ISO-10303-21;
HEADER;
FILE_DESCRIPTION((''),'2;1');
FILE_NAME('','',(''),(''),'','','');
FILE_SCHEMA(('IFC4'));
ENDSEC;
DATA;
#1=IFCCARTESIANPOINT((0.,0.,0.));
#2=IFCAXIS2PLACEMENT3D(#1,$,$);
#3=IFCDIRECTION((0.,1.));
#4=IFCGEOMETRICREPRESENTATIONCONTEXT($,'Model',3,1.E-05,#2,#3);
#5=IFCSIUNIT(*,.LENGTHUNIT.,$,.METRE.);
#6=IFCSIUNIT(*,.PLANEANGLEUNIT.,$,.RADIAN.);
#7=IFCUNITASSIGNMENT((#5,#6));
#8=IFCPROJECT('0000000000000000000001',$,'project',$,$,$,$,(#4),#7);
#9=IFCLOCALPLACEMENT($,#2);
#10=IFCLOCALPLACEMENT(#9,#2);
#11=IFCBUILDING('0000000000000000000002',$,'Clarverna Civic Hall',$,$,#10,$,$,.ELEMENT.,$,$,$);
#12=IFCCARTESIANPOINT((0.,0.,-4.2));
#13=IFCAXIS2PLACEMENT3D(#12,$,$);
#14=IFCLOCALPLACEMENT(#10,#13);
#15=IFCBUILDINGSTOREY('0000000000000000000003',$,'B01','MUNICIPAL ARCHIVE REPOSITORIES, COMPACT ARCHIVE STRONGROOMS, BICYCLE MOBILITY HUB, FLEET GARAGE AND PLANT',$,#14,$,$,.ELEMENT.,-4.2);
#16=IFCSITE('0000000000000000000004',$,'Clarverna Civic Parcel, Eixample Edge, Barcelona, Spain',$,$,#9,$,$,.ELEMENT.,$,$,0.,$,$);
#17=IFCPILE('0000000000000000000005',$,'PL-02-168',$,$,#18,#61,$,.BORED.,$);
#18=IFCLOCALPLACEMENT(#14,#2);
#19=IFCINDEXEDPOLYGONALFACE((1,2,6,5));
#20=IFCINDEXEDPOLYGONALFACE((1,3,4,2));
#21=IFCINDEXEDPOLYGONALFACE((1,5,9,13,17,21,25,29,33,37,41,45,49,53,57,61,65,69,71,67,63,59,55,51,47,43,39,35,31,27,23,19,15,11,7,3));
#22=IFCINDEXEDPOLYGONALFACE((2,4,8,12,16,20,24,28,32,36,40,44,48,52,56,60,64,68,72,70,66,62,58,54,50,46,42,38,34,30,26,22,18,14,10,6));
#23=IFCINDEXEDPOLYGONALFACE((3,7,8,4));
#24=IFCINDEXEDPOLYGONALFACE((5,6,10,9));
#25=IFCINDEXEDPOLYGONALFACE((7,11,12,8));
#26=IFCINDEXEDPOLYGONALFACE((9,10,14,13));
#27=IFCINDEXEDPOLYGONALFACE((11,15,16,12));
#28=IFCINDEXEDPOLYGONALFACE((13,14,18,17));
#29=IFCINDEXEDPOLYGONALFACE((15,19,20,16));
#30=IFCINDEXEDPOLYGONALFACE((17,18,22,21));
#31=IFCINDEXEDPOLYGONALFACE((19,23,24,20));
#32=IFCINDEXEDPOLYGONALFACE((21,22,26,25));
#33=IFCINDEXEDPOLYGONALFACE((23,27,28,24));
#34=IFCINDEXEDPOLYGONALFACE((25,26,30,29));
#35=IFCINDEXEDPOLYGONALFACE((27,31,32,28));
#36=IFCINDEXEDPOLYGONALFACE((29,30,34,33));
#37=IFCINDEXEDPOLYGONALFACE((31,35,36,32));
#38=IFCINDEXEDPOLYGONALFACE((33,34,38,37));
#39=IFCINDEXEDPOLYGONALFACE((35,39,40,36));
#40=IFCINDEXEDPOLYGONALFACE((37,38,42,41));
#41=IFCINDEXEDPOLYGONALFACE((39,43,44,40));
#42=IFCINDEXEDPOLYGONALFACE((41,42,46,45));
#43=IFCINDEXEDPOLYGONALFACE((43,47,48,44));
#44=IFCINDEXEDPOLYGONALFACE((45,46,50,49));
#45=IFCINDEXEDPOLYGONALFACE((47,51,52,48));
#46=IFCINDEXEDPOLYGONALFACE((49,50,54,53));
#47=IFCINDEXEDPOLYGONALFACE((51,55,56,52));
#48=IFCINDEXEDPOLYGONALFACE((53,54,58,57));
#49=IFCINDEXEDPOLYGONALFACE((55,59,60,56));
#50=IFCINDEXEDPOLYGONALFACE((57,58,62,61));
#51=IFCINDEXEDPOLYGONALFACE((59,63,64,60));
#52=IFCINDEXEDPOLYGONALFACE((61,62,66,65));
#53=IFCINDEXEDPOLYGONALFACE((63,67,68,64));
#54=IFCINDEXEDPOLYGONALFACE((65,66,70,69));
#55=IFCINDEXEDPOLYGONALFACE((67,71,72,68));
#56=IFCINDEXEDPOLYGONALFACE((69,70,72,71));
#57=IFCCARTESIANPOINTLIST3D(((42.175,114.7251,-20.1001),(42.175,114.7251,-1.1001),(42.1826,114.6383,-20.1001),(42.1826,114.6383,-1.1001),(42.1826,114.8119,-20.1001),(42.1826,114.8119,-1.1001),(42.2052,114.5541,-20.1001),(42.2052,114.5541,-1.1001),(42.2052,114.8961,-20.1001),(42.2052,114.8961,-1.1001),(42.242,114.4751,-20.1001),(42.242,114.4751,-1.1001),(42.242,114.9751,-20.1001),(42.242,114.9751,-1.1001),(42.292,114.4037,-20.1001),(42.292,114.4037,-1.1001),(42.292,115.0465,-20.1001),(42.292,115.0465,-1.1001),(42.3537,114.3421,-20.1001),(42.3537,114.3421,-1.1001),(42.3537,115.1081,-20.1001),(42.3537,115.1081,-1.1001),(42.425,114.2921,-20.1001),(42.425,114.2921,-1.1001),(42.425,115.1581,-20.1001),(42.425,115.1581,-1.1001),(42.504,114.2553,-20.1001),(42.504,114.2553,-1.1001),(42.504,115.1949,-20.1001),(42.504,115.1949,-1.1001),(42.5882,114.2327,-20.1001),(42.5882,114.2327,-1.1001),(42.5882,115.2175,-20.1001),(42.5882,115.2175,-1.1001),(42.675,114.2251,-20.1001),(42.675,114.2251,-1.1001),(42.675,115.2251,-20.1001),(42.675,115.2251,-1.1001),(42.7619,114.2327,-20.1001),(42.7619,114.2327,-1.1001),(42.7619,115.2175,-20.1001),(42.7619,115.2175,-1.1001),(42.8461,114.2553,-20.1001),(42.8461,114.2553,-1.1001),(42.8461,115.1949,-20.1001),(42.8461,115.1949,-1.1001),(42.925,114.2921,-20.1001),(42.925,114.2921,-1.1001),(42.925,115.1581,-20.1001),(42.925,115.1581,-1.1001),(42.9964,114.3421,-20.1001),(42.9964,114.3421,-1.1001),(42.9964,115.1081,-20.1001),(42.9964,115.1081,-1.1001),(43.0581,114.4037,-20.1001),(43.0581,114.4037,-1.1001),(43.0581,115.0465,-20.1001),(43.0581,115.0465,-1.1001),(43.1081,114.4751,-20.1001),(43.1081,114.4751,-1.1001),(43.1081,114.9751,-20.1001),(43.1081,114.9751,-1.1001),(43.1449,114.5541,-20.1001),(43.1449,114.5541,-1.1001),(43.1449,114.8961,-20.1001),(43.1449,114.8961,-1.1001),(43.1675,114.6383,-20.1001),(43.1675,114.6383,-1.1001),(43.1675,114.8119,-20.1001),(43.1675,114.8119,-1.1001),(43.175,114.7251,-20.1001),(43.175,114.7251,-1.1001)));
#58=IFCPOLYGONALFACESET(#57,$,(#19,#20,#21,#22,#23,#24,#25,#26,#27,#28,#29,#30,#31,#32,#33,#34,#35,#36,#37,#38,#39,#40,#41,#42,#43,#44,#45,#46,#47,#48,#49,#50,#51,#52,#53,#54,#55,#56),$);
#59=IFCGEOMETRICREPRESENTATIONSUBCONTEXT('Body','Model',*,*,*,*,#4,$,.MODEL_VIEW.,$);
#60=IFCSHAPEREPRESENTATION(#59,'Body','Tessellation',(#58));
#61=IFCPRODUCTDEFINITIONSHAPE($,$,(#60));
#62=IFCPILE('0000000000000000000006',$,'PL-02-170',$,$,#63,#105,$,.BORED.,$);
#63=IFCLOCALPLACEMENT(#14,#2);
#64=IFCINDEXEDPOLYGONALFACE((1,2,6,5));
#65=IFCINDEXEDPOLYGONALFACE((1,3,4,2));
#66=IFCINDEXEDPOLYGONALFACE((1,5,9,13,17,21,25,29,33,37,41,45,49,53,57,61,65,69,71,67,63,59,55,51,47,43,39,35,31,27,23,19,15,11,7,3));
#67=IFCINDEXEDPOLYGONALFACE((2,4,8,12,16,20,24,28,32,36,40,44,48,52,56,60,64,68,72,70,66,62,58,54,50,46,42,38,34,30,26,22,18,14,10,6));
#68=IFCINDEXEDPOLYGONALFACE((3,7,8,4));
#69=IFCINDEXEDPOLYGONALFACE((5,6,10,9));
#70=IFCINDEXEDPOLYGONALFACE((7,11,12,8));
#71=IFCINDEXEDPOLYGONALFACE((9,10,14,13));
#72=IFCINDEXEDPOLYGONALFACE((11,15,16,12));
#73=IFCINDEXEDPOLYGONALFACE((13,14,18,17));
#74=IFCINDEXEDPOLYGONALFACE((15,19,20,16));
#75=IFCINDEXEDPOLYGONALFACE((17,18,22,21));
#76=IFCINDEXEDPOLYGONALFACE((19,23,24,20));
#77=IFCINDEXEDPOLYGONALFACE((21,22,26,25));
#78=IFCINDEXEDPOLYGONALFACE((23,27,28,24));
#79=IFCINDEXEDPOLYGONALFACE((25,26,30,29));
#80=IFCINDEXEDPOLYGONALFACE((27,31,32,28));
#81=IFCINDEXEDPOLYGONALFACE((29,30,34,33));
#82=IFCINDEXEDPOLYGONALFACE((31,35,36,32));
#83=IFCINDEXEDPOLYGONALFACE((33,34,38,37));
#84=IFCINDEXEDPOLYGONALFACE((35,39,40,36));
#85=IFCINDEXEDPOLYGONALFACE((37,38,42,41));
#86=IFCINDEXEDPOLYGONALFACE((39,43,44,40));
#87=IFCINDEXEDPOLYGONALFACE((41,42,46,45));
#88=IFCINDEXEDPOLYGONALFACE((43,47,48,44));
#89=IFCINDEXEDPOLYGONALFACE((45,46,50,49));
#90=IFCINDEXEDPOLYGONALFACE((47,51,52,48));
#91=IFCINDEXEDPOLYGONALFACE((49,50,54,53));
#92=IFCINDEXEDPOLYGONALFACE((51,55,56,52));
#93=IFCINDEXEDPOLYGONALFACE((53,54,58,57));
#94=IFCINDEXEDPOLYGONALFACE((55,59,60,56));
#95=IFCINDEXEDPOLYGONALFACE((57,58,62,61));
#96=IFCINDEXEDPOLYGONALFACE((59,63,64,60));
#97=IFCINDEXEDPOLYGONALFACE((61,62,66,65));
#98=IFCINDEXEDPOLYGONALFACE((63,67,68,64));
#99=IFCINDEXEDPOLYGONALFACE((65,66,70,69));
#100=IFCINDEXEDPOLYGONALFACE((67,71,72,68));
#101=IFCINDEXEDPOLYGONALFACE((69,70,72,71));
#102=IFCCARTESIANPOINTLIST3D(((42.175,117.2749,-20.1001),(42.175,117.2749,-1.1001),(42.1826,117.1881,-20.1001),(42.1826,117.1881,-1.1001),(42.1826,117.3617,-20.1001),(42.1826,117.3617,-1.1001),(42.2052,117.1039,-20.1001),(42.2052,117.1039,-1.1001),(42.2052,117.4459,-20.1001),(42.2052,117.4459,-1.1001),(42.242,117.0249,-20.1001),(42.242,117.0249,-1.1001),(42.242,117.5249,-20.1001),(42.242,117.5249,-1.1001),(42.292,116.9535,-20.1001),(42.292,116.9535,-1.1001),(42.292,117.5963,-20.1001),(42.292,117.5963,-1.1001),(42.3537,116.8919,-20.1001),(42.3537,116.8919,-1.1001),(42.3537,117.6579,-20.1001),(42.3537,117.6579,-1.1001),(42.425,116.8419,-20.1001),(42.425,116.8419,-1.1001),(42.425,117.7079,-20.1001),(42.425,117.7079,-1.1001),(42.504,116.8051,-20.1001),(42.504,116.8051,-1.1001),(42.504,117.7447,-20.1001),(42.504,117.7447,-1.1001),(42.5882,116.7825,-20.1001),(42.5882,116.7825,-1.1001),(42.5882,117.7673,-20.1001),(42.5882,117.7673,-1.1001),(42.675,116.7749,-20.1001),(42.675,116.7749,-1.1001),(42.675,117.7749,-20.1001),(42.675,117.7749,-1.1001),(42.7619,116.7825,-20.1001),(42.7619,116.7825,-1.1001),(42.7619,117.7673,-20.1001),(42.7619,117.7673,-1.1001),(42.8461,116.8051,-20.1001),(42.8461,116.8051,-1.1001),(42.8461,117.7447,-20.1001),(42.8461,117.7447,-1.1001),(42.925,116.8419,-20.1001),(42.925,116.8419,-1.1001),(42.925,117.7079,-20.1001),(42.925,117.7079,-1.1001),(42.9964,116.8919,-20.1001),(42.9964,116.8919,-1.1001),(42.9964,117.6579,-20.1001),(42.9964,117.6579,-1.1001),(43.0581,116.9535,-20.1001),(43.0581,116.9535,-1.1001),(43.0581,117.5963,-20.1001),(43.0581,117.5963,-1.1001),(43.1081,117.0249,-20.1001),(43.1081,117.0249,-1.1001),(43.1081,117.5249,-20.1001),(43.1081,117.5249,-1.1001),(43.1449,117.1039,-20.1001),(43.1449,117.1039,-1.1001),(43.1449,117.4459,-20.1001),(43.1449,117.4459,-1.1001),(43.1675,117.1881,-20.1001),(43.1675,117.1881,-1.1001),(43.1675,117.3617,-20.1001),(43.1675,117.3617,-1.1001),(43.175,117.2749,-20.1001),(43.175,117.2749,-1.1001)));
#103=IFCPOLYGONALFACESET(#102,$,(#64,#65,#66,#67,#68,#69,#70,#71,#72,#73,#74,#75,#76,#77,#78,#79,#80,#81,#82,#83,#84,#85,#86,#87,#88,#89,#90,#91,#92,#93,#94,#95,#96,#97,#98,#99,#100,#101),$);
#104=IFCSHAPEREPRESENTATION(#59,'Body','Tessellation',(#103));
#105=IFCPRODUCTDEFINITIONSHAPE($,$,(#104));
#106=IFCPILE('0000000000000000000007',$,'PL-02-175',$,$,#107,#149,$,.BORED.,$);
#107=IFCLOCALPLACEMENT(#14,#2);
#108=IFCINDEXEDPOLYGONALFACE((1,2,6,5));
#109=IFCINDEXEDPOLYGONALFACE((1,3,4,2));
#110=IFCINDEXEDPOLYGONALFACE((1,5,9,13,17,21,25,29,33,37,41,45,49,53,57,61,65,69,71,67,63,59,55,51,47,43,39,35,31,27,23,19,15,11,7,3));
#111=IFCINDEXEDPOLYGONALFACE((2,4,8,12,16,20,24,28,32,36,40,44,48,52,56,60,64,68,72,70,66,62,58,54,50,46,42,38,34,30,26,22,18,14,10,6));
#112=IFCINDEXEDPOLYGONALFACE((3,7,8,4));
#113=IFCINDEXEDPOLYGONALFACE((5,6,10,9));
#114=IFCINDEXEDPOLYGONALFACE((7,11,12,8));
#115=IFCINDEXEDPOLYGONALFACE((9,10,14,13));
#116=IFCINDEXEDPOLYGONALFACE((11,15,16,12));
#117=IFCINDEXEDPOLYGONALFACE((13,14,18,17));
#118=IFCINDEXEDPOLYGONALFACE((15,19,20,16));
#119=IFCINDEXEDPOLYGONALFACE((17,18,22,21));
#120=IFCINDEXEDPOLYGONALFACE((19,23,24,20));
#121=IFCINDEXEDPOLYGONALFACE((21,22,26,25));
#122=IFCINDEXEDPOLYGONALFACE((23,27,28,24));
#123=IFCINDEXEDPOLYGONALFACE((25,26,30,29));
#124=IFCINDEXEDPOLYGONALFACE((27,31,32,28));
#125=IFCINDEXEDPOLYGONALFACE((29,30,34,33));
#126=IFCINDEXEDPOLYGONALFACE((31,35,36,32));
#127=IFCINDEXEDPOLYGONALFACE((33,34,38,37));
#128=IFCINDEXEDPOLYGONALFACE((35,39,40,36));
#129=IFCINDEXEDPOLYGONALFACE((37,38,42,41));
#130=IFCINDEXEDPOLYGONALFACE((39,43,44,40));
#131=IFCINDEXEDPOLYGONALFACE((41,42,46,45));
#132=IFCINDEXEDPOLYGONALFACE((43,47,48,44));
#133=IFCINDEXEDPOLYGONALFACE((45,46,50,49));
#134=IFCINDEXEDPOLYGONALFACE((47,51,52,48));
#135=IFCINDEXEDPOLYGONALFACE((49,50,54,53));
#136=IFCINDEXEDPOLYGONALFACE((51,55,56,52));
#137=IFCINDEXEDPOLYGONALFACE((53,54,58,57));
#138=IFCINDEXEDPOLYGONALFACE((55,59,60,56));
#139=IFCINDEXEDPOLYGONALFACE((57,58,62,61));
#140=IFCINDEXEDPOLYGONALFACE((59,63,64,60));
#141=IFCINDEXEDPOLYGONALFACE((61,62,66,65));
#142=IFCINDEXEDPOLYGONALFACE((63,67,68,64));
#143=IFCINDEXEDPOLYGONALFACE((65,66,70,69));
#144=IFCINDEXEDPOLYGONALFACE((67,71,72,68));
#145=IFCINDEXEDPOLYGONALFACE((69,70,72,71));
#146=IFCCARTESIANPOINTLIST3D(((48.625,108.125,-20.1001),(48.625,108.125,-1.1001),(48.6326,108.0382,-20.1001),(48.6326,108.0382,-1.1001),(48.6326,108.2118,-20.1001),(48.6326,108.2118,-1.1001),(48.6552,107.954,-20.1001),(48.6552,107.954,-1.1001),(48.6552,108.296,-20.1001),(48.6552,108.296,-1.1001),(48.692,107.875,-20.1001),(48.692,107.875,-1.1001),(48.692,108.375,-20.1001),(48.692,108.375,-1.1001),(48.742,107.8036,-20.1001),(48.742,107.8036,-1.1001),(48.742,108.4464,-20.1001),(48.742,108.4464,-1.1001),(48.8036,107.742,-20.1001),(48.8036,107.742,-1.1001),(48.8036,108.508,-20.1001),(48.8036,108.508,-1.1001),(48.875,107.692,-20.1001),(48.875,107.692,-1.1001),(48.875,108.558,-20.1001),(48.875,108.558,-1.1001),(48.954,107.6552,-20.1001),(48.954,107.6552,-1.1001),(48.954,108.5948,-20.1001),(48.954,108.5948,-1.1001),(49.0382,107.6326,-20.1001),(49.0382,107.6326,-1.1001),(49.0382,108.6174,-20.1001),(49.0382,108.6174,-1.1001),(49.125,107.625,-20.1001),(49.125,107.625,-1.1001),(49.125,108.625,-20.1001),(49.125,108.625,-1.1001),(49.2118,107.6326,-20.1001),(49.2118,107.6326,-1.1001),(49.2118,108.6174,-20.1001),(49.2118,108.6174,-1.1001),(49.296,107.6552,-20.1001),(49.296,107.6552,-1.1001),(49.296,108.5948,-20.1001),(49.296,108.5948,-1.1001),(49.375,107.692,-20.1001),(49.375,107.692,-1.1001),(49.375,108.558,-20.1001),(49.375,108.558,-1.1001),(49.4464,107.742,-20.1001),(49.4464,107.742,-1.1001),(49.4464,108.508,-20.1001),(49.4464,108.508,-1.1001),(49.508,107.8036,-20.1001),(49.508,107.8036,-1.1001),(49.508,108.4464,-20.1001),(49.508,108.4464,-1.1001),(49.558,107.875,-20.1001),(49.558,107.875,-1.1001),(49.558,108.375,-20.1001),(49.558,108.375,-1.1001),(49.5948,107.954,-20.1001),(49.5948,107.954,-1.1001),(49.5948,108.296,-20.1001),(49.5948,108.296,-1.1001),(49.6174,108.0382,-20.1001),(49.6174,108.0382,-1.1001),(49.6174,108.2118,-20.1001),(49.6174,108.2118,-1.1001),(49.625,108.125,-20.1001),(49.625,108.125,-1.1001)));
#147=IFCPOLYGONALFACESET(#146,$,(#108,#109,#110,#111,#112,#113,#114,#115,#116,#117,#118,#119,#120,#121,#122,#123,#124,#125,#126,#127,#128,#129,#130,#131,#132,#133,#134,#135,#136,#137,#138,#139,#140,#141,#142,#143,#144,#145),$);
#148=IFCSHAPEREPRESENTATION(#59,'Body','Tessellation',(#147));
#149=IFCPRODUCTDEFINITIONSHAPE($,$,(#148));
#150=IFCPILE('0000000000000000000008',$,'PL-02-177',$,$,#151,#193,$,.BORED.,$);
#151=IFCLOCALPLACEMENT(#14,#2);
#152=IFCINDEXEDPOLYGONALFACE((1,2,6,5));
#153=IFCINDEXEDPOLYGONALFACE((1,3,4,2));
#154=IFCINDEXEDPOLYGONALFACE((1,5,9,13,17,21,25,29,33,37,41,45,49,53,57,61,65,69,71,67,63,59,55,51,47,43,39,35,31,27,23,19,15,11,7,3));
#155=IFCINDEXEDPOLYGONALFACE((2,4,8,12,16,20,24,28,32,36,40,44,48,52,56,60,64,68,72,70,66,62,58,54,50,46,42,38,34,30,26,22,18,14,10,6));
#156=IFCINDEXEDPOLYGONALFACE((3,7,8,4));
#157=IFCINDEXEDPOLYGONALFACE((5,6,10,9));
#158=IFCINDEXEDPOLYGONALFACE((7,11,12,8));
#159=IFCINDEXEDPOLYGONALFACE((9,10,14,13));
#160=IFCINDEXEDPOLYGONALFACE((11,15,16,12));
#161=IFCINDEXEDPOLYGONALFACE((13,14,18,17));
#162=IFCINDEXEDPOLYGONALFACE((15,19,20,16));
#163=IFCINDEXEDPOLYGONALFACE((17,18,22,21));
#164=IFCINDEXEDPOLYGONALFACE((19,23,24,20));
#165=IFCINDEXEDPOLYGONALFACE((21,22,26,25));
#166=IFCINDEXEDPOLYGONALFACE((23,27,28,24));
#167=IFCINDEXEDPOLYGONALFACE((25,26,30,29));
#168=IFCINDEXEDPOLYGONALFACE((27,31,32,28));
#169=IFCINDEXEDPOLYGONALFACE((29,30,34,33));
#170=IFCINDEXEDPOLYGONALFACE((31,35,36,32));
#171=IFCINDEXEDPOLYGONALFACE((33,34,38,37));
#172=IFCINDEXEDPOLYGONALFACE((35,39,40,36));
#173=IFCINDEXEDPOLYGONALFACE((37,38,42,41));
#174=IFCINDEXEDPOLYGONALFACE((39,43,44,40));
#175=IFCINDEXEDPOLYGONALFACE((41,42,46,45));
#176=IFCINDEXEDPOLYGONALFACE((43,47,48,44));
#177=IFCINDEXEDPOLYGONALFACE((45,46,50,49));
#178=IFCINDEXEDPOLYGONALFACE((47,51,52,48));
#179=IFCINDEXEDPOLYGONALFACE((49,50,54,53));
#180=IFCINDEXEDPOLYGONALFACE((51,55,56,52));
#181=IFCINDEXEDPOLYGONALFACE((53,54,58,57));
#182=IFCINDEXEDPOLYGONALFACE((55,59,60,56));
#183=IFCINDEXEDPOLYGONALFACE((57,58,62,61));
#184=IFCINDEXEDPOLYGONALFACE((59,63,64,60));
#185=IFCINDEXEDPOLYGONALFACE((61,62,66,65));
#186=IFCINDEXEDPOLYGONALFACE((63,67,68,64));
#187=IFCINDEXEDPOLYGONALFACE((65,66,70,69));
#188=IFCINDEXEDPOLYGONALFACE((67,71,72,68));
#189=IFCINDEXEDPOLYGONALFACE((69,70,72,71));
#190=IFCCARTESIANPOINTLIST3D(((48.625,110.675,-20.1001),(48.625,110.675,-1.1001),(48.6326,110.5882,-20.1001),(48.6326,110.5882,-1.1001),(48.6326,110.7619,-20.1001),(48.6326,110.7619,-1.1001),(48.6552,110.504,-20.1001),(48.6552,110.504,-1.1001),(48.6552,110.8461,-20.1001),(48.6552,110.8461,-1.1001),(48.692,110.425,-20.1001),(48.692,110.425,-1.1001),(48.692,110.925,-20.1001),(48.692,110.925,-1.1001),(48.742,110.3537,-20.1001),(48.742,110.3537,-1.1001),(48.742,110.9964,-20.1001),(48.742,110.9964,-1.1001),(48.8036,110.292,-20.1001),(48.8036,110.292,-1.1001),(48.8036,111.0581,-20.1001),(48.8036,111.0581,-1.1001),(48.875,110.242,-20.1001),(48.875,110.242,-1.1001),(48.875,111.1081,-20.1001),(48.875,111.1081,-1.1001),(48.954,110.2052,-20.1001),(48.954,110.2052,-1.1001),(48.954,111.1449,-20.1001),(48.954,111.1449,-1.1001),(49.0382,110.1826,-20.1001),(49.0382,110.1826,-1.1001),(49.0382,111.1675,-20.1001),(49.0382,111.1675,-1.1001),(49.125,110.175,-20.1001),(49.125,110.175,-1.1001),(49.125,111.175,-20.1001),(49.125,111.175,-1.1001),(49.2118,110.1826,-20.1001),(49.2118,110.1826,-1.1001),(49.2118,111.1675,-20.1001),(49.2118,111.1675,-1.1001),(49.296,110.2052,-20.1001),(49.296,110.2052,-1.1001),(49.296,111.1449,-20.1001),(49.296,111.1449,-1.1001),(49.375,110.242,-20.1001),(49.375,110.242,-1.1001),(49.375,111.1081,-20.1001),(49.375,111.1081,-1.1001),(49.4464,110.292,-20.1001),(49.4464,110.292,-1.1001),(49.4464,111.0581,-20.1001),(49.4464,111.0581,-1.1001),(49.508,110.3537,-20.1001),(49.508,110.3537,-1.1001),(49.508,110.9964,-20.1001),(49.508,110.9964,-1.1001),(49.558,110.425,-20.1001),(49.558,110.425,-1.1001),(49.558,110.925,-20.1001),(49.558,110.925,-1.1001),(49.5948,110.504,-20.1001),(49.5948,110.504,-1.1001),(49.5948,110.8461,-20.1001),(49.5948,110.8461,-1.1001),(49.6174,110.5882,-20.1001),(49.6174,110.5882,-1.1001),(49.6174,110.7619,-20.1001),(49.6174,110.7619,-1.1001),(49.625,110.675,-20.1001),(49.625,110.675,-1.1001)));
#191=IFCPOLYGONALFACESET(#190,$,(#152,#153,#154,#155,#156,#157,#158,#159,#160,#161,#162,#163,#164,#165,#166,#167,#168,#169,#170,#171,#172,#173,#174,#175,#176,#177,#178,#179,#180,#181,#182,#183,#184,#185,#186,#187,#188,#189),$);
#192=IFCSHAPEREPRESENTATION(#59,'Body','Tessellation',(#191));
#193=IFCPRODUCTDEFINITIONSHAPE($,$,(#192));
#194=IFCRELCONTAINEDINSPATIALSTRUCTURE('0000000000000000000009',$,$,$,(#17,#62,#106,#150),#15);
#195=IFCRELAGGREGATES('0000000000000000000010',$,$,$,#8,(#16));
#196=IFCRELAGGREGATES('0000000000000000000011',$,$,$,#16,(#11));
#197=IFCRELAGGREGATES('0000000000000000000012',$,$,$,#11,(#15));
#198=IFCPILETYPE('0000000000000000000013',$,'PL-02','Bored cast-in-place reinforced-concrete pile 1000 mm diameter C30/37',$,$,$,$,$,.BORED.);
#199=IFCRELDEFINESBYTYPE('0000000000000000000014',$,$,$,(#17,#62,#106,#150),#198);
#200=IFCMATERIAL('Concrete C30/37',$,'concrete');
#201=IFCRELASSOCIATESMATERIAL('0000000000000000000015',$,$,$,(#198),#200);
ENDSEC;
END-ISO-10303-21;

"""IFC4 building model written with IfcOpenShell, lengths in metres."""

from ifc_helpers import new_model, si_unit, direction, frame, origin, origin_2d, place, context, subcontext, project, spatial, circle, extrude, material, material_profile, profile_set, type_object, element, save


model = new_model("IFC4")

# Units and contexts
model_context = context("Model", 3, precision=1e-05, world=origin(), true_north=direction((0.0, 1.0)))
body_context = subcontext(model_context, "Body", "Model", "MODEL_VIEW")
ifc_project = project(units=[si_unit("LENGTHUNIT", "METRE"), si_unit("PLANEANGLEUNIT", "RADIAN")], contexts=[model_context])

# Site, building, storey
site_placement = place(None, origin())
site = spatial("IfcSite", under=ifc_project, at=site_placement, Name="Clarverna Civic Parcel, Eixample Edge, Barcelona, Spain", CompositionType="ELEMENT", RefElevation=0.0)
building_placement = place(site_placement, origin())
building = spatial("IfcBuilding", under=site, at=building_placement, Name="Clarverna Civic Hall", CompositionType="ELEMENT")
storey_placement = place(building_placement, frame((0.0, 0.0, -4.2)))
storey = spatial("IfcBuildingStorey", under=building, at=storey_placement, Name="B01", Description="MUNICIPAL ARCHIVE REPOSITORIES, COMPACT ARCHIVE STRONGROOMS, BICYCLE MOBILITY HUB, FLEET GARAGE AND PLANT", CompositionType="ELEMENT", Elevation=-4.2)

# Shared definitions
ifc_material_1 = material(Name="Concrete C30/37", Category="concrete")

# Piles
ifc_material_profile_1 = material_profile(ifc_material_1, circle(Radius=0.5, at=origin_2d()), Name="BORED PILE D1000")
ifc_profile_set_1 = profile_set([ifc_material_profile_1], Name="Concrete C30/37")
pile_type = type_object("IfcPileType", Name="PL-02", Description="Bored cast-in-place reinforced-concrete pile 1000 mm diameter C30/37", PredefinedType="BORED", material=ifc_profile_set_1)
for number, where, z_axis, x_axis, name in (
    (1, (42.675, 114.7251, -1.1001), (0.0, 0.0, -1.0), (1.0, 0.0, 0.0), "PL-02-168"),
    (2, (42.675, 117.2749, -1.1001), (0.0, 0.0, -1.0), (1.0, 0.0, 0.0), "PL-02-170"),
    (3, (49.125, 108.125, -1.1001), (0.0, 0.0, -1.0), (1.0, 0.0, 0.0), "PL-02-175"),
    (4, (49.125, 110.675, -1.1001), (0.0, 0.0, -1.0), (1.0, 0.0, 0.0), "PL-02-177"),
):
    element("IfcPile", number, at=place(storey_placement, frame(where, z_axis=z_axis, x_axis=x_axis)), inside=storey, type_object=pile_type, Name=name, PredefinedType="BORED", context=body_context, shape_type="SweptSolid", body=[
        extrude(circle(Radius=0.5, at=origin_2d()), origin(), (0.0, 0.0, 1.0), 19.0),
    ])

save(model, "model.ifc")
